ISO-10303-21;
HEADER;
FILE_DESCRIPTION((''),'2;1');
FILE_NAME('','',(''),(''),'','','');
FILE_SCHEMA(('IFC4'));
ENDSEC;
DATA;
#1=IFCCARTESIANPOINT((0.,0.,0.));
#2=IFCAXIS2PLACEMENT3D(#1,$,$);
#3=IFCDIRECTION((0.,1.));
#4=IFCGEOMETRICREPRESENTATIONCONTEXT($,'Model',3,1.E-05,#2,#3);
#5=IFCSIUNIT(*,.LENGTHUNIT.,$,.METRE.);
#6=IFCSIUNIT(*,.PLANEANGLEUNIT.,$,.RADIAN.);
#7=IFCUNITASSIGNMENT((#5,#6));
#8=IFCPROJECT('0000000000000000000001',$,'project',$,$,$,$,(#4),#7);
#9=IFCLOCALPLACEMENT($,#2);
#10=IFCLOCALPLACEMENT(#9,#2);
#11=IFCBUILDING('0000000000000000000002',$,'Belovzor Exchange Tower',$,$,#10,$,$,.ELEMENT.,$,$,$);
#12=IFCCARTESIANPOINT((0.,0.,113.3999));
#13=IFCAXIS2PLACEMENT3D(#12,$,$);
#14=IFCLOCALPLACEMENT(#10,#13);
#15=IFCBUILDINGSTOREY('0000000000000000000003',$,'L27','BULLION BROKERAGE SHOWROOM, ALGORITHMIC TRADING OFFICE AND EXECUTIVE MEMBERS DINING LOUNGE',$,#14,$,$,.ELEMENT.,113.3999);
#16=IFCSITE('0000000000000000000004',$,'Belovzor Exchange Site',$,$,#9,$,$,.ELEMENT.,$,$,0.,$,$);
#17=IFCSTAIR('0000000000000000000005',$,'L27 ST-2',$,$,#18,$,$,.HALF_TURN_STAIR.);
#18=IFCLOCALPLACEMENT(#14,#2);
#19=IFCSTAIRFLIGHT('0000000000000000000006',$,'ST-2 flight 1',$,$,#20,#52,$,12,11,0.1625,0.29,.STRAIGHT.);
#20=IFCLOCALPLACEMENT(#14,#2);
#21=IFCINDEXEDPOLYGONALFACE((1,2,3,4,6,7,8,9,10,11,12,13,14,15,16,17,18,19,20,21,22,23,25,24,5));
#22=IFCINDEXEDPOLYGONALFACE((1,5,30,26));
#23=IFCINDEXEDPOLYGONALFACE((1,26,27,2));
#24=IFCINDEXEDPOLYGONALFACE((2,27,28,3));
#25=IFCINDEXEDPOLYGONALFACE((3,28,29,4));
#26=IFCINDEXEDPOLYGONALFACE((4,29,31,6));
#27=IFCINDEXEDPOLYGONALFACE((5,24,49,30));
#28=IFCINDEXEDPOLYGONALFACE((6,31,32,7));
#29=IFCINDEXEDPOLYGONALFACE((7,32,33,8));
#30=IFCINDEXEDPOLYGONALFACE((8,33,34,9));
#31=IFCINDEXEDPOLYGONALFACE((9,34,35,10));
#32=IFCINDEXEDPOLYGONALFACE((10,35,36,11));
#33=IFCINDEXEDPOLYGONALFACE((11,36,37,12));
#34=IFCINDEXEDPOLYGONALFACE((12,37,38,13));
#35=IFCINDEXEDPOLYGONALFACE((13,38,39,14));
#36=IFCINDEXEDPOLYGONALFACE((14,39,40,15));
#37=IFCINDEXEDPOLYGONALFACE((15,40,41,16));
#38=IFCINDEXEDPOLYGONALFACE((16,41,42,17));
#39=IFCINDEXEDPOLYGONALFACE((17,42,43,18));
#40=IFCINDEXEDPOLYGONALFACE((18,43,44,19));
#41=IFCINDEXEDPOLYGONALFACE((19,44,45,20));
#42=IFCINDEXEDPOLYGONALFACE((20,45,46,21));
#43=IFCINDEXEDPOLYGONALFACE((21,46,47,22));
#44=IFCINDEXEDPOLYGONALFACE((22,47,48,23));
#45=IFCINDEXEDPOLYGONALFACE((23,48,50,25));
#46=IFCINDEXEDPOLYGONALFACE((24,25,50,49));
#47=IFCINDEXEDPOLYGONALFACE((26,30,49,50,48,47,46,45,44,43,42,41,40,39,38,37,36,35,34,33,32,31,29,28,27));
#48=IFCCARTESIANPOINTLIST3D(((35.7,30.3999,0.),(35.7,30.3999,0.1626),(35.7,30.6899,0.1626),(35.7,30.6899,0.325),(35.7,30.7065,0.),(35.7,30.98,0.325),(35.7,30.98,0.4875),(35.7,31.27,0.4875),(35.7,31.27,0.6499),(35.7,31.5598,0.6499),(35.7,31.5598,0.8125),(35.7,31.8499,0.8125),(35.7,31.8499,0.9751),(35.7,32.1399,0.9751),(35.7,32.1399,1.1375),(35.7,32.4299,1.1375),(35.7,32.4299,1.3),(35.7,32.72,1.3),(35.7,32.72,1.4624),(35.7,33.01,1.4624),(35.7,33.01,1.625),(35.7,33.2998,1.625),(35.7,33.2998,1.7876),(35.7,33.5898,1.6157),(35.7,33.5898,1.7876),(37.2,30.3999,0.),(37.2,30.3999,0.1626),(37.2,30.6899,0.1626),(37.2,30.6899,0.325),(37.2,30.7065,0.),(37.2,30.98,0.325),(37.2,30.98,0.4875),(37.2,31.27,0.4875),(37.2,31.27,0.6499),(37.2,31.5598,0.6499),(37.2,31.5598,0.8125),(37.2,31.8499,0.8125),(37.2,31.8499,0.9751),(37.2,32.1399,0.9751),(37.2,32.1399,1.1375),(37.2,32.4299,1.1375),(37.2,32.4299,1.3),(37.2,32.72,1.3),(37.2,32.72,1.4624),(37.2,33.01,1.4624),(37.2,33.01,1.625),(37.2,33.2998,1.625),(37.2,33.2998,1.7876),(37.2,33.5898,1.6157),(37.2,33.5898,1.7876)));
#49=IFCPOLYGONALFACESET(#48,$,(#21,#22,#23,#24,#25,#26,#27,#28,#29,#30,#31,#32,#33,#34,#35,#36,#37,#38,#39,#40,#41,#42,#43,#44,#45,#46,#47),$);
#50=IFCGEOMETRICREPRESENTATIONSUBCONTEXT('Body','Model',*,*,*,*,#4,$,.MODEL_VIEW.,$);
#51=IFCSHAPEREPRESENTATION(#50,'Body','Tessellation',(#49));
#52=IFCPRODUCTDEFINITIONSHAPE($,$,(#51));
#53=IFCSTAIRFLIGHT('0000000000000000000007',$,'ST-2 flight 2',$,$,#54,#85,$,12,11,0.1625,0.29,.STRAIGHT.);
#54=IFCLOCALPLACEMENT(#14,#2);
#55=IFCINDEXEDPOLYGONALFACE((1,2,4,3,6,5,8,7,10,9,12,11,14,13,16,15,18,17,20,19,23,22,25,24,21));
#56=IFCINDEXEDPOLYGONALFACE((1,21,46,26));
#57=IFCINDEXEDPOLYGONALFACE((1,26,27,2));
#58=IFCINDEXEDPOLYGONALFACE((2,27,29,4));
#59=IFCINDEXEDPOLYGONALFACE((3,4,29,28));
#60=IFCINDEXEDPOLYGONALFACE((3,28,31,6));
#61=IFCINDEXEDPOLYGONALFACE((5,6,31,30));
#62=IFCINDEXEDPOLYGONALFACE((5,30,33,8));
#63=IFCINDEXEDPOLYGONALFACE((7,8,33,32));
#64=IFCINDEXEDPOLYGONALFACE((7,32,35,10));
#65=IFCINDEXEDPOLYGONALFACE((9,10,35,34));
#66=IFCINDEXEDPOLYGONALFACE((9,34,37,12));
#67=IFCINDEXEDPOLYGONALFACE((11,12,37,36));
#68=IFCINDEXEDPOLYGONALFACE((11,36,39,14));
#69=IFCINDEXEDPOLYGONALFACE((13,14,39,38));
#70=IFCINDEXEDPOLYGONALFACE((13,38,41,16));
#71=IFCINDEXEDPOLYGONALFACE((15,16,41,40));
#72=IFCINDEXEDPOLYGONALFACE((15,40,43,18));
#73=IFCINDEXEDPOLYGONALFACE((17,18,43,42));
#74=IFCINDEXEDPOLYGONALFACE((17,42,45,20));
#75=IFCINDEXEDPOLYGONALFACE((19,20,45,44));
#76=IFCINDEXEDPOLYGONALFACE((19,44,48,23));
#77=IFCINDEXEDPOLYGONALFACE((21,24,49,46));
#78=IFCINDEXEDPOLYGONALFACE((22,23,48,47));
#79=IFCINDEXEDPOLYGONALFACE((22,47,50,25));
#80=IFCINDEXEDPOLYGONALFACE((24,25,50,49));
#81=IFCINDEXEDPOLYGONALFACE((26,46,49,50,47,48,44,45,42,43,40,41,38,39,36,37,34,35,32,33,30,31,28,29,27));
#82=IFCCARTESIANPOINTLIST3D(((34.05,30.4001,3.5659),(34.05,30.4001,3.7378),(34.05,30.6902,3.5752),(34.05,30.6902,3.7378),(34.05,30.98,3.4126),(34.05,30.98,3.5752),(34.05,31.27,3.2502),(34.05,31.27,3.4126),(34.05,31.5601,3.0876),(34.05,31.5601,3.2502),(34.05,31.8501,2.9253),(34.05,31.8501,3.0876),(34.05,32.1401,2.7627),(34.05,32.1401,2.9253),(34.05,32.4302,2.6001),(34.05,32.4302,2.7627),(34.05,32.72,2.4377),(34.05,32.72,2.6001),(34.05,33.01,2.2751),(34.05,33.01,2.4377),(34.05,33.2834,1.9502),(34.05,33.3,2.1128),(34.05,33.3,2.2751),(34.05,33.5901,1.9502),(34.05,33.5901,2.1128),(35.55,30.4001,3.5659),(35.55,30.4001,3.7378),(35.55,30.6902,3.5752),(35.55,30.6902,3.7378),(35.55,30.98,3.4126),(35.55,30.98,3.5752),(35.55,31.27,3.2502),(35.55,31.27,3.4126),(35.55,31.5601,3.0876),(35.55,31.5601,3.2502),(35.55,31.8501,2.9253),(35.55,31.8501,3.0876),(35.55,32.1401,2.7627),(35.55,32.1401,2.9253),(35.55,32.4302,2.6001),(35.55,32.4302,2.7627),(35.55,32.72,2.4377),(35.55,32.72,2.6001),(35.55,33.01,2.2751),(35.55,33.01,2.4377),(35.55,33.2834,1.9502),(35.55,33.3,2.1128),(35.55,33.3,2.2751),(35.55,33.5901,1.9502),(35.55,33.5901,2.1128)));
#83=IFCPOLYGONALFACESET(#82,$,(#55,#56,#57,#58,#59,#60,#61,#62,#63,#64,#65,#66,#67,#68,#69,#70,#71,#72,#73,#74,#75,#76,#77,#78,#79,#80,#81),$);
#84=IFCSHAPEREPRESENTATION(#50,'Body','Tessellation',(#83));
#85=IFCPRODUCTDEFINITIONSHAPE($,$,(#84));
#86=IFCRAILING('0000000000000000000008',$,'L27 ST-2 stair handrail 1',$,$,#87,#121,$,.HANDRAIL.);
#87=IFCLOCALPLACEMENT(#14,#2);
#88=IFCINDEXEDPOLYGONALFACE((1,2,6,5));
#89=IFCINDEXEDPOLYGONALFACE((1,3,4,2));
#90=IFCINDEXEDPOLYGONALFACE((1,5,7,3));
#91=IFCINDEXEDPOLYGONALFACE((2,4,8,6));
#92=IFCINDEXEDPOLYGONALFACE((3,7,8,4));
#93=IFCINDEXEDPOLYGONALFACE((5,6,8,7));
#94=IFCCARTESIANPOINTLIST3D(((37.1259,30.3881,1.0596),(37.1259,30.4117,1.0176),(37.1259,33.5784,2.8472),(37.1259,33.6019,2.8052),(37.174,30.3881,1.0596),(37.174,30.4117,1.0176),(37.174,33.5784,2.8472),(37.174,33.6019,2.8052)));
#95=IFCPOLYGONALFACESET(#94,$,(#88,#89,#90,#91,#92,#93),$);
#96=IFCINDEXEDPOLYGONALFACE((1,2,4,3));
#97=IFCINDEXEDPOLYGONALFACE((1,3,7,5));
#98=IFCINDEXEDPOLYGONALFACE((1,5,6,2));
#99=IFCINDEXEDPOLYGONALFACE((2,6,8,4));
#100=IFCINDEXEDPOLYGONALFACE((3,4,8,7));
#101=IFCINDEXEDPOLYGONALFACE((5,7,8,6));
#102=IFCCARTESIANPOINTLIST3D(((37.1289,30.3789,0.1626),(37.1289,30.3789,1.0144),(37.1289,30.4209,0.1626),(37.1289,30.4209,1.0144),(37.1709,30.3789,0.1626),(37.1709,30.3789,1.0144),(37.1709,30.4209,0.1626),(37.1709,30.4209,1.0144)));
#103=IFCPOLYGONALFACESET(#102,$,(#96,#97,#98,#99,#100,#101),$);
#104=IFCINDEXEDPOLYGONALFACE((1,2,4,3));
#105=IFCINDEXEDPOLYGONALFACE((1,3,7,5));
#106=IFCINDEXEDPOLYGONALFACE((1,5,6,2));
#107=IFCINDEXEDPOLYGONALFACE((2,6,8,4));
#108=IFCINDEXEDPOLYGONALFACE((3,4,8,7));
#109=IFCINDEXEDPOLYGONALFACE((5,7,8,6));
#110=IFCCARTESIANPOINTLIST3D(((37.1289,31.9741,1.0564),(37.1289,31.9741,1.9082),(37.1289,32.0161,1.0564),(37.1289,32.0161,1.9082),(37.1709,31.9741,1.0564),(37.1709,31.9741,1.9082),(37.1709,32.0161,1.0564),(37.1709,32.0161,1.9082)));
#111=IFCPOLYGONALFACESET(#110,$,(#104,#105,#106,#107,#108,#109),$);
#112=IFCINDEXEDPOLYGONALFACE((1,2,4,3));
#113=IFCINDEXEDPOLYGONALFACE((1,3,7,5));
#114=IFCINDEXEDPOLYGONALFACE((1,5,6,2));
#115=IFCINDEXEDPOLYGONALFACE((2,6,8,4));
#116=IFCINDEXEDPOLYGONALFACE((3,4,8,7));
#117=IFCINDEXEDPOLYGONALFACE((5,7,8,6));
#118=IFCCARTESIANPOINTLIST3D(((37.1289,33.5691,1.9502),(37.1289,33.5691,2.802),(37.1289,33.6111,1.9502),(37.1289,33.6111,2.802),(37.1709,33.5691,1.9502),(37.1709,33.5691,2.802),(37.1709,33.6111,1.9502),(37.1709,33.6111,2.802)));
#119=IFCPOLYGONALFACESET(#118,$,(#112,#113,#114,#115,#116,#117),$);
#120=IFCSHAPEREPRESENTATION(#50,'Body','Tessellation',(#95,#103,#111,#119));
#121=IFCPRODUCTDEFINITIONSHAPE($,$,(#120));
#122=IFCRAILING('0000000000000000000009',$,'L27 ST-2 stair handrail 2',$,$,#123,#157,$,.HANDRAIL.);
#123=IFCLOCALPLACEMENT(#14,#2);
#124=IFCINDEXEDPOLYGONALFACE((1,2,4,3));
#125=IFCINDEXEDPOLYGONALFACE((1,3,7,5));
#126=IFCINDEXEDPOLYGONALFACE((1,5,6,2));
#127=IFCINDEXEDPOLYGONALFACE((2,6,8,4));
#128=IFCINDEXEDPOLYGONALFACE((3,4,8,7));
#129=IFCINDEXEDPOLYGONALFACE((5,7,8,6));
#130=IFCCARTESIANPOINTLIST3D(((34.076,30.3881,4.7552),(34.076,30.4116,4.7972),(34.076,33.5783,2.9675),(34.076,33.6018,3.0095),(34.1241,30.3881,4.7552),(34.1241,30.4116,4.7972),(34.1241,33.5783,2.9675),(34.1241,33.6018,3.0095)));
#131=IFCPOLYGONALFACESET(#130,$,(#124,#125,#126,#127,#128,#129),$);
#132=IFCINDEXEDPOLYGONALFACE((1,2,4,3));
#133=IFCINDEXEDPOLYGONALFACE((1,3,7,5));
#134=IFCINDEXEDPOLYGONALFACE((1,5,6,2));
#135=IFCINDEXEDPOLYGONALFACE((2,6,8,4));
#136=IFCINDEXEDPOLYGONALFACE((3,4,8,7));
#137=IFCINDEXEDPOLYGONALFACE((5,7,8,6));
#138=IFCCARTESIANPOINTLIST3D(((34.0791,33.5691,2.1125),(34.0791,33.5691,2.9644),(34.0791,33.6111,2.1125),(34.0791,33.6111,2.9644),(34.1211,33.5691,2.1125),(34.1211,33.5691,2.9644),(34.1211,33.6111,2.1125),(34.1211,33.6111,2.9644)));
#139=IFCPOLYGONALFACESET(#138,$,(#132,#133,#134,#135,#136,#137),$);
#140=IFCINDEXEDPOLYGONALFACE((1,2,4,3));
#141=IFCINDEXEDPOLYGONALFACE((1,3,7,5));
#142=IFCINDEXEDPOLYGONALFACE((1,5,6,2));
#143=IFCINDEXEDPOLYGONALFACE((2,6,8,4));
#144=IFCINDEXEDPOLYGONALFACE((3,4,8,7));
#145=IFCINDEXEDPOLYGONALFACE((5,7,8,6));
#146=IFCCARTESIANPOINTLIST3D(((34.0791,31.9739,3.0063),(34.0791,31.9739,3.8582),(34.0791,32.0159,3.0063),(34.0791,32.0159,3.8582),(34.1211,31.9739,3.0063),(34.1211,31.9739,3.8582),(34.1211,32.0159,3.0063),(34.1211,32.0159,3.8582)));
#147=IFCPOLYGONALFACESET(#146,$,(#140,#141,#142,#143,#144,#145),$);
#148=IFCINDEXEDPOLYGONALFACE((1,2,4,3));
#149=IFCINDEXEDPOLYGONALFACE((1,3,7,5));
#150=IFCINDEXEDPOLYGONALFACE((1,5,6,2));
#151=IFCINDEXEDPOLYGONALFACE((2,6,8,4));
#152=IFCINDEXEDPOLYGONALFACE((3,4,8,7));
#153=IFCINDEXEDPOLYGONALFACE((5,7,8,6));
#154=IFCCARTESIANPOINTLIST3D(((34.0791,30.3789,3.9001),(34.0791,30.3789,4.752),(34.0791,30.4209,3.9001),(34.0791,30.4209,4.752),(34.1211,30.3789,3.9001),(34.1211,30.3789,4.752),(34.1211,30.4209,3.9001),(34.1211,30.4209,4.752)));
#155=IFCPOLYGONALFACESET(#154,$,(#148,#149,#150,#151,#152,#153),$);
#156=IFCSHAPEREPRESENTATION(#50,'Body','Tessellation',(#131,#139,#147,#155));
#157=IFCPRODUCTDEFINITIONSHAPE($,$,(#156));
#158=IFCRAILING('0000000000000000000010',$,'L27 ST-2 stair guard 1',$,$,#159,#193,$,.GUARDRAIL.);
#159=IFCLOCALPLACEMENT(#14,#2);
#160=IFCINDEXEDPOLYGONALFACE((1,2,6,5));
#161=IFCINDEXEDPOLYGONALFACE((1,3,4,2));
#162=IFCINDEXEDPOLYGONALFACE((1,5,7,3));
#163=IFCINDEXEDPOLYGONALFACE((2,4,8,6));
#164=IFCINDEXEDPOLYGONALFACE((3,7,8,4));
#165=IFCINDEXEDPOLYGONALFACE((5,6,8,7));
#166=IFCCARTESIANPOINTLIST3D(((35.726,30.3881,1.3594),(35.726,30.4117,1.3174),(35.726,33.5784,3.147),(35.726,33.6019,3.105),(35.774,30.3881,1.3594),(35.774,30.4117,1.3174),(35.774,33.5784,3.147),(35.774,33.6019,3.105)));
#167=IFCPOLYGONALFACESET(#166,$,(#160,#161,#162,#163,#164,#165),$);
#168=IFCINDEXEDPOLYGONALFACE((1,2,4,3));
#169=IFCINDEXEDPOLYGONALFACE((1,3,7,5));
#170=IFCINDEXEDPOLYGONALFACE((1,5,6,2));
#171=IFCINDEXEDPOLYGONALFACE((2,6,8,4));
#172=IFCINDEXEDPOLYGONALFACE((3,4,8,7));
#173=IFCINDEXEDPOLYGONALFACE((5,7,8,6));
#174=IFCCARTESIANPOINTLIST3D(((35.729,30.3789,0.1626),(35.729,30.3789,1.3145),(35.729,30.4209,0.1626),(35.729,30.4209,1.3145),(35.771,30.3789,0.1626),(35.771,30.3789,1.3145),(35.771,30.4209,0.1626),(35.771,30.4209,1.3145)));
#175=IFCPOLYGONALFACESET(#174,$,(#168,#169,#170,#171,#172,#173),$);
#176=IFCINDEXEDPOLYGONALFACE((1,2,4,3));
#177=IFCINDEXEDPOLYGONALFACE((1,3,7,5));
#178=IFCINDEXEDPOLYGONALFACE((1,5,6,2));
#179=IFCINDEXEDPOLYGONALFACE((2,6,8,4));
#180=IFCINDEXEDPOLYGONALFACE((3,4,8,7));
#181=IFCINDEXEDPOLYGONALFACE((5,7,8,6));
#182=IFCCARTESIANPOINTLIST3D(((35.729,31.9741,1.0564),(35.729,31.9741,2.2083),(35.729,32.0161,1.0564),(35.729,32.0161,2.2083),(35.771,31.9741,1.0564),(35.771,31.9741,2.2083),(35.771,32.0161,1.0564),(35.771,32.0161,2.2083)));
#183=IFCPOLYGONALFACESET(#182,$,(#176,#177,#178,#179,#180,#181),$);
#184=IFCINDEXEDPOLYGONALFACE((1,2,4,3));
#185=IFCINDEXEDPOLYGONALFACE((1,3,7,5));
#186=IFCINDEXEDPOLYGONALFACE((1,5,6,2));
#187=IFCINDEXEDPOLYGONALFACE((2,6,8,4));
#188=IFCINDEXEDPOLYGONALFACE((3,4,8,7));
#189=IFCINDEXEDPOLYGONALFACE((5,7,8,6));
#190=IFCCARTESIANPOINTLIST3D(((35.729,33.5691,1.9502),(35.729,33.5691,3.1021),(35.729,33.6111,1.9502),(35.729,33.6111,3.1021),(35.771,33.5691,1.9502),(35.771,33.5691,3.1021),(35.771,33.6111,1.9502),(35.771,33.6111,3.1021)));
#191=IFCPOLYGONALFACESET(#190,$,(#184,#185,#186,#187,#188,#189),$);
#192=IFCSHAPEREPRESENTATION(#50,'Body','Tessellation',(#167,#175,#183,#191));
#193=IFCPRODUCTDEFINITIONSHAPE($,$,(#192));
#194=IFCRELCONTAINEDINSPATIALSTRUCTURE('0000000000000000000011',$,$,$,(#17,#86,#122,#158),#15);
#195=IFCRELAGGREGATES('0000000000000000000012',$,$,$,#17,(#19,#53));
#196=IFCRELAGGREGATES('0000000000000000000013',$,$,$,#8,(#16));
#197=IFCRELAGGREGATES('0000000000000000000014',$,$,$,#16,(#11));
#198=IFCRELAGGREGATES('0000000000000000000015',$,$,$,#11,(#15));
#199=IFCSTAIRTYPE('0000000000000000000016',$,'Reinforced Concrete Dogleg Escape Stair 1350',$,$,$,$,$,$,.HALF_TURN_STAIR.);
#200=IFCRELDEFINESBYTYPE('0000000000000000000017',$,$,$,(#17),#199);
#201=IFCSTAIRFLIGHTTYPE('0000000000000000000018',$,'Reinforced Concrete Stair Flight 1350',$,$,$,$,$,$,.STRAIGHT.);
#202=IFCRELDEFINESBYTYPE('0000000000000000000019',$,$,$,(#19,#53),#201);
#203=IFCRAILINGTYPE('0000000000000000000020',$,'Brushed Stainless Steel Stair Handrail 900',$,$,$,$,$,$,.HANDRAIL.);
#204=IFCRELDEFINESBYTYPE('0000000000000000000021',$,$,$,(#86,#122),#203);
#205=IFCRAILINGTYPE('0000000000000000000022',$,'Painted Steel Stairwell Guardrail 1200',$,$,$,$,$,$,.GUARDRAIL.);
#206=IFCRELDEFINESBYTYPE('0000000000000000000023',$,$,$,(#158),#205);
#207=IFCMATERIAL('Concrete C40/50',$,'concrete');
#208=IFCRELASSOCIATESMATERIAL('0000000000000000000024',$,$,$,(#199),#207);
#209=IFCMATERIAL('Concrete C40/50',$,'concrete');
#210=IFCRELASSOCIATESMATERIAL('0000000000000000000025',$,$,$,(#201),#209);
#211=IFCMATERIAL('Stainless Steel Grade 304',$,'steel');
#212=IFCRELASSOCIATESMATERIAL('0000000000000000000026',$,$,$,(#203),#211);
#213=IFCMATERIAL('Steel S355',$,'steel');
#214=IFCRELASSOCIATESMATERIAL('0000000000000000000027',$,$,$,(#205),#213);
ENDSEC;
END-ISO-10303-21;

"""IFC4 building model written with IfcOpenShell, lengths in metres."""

from ifc_helpers import new_model, si_unit, direction, frame, origin, origin_2d, place, context, subcontext, project, spatial, polyline, rectangle, outline, extrude, material, type_object, element, aggregate, save


model = new_model("IFC4")

# Units and contexts
model_context = context("Model", 3, precision=1e-05, world=origin(), true_north=direction((0.0, 1.0)))
body_context = subcontext(model_context, "Body", "Model", "MODEL_VIEW")
ifc_project = project(units=[si_unit("LENGTHUNIT", "METRE"), si_unit("PLANEANGLEUNIT", "RADIAN")], contexts=[model_context])

# Site, building, storey
site_placement = place(None, origin())
site = spatial("IfcSite", under=ifc_project, at=site_placement, Name="Belovzor Exchange Site", CompositionType="ELEMENT", RefElevation=0.0)
building_placement = place(site_placement, origin())
building = spatial("IfcBuilding", under=site, at=building_placement, Name="Belovzor Exchange Tower", CompositionType="ELEMENT")
storey_placement = place(building_placement, frame((0.0, 0.0, 113.3999)))
storey = spatial("IfcBuildingStorey", under=building, at=storey_placement, Name="L27", Description="BULLION BROKERAGE SHOWROOM, ALGORITHMIC TRADING OFFICE AND EXECUTIVE MEMBERS DINING LOUNGE", CompositionType="ELEMENT", Elevation=113.3999)

# Stair, stair flights
ifc_material_1 = material(Name="Concrete C40/50", Category="concrete")
stair_type = type_object("IfcStairType", Name="Reinforced Concrete Dogleg Escape Stair 1350", PredefinedType="HALF_TURN_STAIR", material=ifc_material_1)
stair_placement = place(storey_placement, origin())
stair = element("IfcStair", 1, at=stair_placement, inside=storey, type_object=stair_type, Name="L27 ST-2", PredefinedType="HALF_TURN_STAIR")
ifc_material_2 = material(Name="Concrete C40/50", Category="concrete")
stair_flight_type = type_object("IfcStairFlightType", Name="Reinforced Concrete Stair Flight 1350", PredefinedType="STRAIGHT", material=ifc_material_2)
stair_flight_1_placement = place(storey_placement, frame((36.45, 30.3999, 0.0), z_axis=(0.0, 0.0, 1.0), x_axis=(0.0, 1.0, 0.0)))
stair_flight_1 = element("IfcStairFlight", 2, at=stair_flight_1_placement, type_object=stair_flight_type, Name="ST-2 flight 1", NumberOfRisers=12, NumberOfTreads=11, PredefinedType="STRAIGHT", RiserHeight=0.1625, TreadLength=0.29, context=body_context, shape_type="SweptSolid", body=[
    extrude(outline(polyline([(0.0, 0.0), (0.0, 0.1626), (0.29, 0.1626), (0.29, 0.325), (0.5801, 0.325), (0.5801, 0.4875), (0.8701, 0.4875), (0.8701, 0.6499), (1.1599, 0.6499), (1.1599, 0.8125), (1.45, 0.8125), (1.45, 0.9751), (1.74, 0.9751), (1.74, 1.1375), (2.03, 1.1375), (2.03, 1.3), (2.3201, 1.3), (2.3201, 1.4624), (2.6101, 1.4624), (2.6101, 1.625), (2.8999, 1.625), (2.8999, 1.7876), (3.1899, 1.7876), (3.1899, 1.95), (3.1899, 1.6157), (0.3066, 0.0), (0.0, 0.0)])), frame((0.0, 0.75, 0.0), z_axis=(0.0, -1.0, 0.0), x_axis=(1.0, 0.0, 0.0)), (0.0, 0.0, 1.0), 1.5),
])
stair_flight_2_placement = place(storey_placement, frame((34.8, 33.5901, 1.9502), z_axis=(0.0, 0.0, 1.0), x_axis=(0.0, -1.0, 0.0)))
stair_flight_2 = element("IfcStairFlight", 3, at=stair_flight_2_placement, type_object=stair_flight_type, Name="ST-2 flight 2", NumberOfRisers=12, NumberOfTreads=11, PredefinedType="STRAIGHT", RiserHeight=0.1625, TreadLength=0.29, context=body_context, shape_type="SweptSolid", body=[
    extrude(outline(polyline([(0.0, 0.0), (0.0, 0.1626), (0.29, 0.1626), (0.29, 0.325), (0.5801, 0.325), (0.5801, 0.4875), (0.8701, 0.4875), (0.8701, 0.6499), (1.1599, 0.6499), (1.1599, 0.8125), (1.45, 0.8125), (1.45, 0.9751), (1.74, 0.9751), (1.74, 1.1375), (2.03, 1.1375), (2.03, 1.3), (2.3201, 1.3), (2.3201, 1.4624), (2.6101, 1.4624), (2.6101, 1.625), (2.8999, 1.625), (2.8999, 1.7876), (3.1899, 1.7876), (3.1899, 1.95), (3.1899, 1.6157), (0.3066, 0.0), (0.0, 0.0)])), frame((0.0, 0.75, 0.0), z_axis=(0.0, -1.0, 0.0), x_axis=(1.0, 0.0, 0.0)), (0.0, 0.0, 1.0), 1.5),
])
aggregate(stair, [stair_flight_1, stair_flight_2])

# Railings
ifc_material_3 = material(Name="Stainless Steel Grade 304", Category="steel")
railing_type_1 = type_object("IfcRailingType", Name="Brushed Stainless Steel Stair Handrail 900", PredefinedType="HANDRAIL", material=ifc_material_3)
railing_1_placement = place(storey_placement, frame((37.1499, 30.3999, 0.1626)))
element("IfcRailing", 4, at=railing_1_placement, inside=storey, type_object=railing_type_1, Name="L27 ST-2 stair handrail 1", PredefinedType="HANDRAIL", context=body_context, shape_type="SweptSolid", body=[
    extrude(rectangle(XDim=0.0481, YDim=0.0481, at=origin_2d()), frame((0.0, 0.0, 0.876), z_axis=(0.0, 0.872378, 0.488831), x_axis=(-1.0, 0.0, 0.0)), (0.0, 0.0, 1.0), 3.657),
    extrude(rectangle(XDim=0.042, YDim=0.042, at=origin_2d()), origin(), (0.0, 0.0, 1.0), 0.8518),
    extrude(rectangle(XDim=0.042, YDim=0.042, at=origin_2d()), frame((0.0, 1.5952, 0.8938)), (0.0, 0.0, 1.0), 0.8518),
    extrude(rectangle(XDim=0.042, YDim=0.042, at=origin_2d()), frame((0.0, 3.1902, 1.7876)), (0.0, 0.0, 1.0), 0.8518),
])
railing_2_placement = place(storey_placement, frame((34.1001, 33.5901, 2.1125)))
element("IfcRailing", 5, at=railing_2_placement, inside=storey, type_object=railing_type_1, Name="L27 ST-2 stair handrail 2", PredefinedType="HANDRAIL", context=body_context, shape_type="SweptSolid", body=[
    extrude(rectangle(XDim=0.0481, YDim=0.0481, at=origin_2d()), frame((0.0, 0.0, 0.876), z_axis=(0.0, -0.872378, 0.488831), x_axis=(1.0, 0.0, 0.0)), (0.0, 0.0, 1.0), 3.657),
    extrude(rectangle(XDim=0.042, YDim=0.042, at=origin_2d()), origin(), (0.0, 0.0, 1.0), 0.8518),
    extrude(rectangle(XDim=0.042, YDim=0.042, at=origin_2d()), frame((0.0, -1.5952, 0.8938)), (0.0, 0.0, 1.0), 0.8518),
    extrude(rectangle(XDim=0.042, YDim=0.042, at=origin_2d()), frame((0.0, -3.1902, 1.7876)), (0.0, 0.0, 1.0), 0.8518),
])
ifc_material_4 = material(Name="Steel S355", Category="steel")
railing_type_2 = type_object("IfcRailingType", Name="Painted Steel Stairwell Guardrail 1200", PredefinedType="GUARDRAIL", material=ifc_material_4)
railing_3_placement = place(storey_placement, frame((35.75, 30.3999, 0.1626)))
element("IfcRailing", 6, at=railing_3_placement, inside=storey, type_object=railing_type_2, Name="L27 ST-2 stair guard 1", PredefinedType="GUARDRAIL", context=body_context, shape_type="SweptSolid", body=[
    extrude(rectangle(XDim=0.0481, YDim=0.0481, at=origin_2d()), frame((0.0, 0.0, 1.1758), z_axis=(0.0, 0.872378, 0.488831), x_axis=(-1.0, 0.0, 0.0)), (0.0, 0.0, 1.0), 3.657),
    extrude(rectangle(XDim=0.042, YDim=0.042, at=origin_2d()), origin(), (0.0, 0.0, 1.0), 1.1519),
    extrude(rectangle(XDim=0.042, YDim=0.042, at=origin_2d()), frame((0.0, 1.5952, 0.8938)), (0.0, 0.0, 1.0), 1.1519),
    extrude(rectangle(XDim=0.042, YDim=0.042, at=origin_2d()), frame((0.0, 3.1902, 1.7876)), (0.0, 0.0, 1.0), 1.1519),
])

save(model, "model.ifc")
